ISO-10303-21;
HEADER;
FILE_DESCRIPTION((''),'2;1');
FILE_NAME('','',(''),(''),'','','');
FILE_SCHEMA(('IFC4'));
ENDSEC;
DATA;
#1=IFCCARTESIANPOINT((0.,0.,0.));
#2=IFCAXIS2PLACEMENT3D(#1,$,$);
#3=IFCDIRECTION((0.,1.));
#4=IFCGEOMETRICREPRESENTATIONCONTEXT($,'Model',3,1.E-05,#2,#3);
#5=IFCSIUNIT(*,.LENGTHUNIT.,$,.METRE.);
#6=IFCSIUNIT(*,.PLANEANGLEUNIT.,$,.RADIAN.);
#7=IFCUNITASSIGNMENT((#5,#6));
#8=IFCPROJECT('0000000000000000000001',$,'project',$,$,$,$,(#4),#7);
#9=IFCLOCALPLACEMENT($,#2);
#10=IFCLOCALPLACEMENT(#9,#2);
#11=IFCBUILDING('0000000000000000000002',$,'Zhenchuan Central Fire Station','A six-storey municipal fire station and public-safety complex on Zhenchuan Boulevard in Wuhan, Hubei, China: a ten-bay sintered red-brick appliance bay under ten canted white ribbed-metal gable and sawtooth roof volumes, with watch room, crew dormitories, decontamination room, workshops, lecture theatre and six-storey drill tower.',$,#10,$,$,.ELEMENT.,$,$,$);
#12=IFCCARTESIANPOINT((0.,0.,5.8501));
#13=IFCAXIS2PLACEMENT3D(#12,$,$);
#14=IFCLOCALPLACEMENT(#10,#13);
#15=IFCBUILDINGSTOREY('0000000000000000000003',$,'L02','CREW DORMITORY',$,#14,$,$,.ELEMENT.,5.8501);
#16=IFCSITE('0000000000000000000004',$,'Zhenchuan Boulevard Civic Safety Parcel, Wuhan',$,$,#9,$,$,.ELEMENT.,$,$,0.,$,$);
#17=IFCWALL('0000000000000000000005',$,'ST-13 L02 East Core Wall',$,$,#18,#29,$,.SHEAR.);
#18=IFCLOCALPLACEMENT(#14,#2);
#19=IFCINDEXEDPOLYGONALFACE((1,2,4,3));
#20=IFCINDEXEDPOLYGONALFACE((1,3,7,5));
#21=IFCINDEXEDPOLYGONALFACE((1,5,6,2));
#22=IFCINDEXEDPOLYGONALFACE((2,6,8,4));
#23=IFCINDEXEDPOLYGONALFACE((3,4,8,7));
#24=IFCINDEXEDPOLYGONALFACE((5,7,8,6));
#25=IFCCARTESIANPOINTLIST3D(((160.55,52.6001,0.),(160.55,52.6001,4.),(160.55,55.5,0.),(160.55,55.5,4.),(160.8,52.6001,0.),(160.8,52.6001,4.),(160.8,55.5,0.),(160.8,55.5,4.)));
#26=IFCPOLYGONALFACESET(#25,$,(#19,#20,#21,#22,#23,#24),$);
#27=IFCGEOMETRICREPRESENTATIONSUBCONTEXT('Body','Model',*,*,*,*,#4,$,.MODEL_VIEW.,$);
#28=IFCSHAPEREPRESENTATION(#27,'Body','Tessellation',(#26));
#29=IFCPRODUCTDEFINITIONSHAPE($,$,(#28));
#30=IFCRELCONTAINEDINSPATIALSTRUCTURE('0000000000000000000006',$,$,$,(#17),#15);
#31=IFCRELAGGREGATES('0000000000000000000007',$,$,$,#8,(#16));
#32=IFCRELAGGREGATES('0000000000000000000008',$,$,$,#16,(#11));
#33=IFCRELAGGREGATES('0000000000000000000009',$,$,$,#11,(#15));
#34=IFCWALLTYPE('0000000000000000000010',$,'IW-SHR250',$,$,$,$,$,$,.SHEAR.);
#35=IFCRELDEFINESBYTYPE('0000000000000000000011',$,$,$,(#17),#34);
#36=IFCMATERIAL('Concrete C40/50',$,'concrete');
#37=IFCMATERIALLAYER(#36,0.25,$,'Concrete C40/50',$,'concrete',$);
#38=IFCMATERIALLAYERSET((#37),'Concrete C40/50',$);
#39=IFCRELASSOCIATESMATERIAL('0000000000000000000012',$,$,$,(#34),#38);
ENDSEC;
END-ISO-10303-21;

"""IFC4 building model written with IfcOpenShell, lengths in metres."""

from ifc_helpers import new_model, si_unit, direction, frame, frame_2d, origin, place, context, subcontext, project, spatial, rectangle, extrude, material, layer, layer_set, type_object, element, save


model = new_model("IFC4")

# Units and contexts
model_context = context("Model", 3, precision=1e-05, world=origin(), true_north=direction((0.0, 1.0)))
body_context = subcontext(model_context, "Body", "Model", "MODEL_VIEW")
ifc_project = project(units=[si_unit("LENGTHUNIT", "METRE"), si_unit("PLANEANGLEUNIT", "RADIAN")], contexts=[model_context])

# Site, building, storey
site_placement = place(None, origin())
site = spatial("IfcSite", under=ifc_project, at=site_placement, Name="Zhenchuan Boulevard Civic Safety Parcel, Wuhan", CompositionType="ELEMENT", RefElevation=0.0)
building_placement = place(site_placement, origin())
building = spatial("IfcBuilding", under=site, at=building_placement, Name="Zhenchuan Central Fire Station", Description="A six-storey municipal fire station and public-safety complex on Zhenchuan Boulevard in Wuhan, Hubei, China: a ten-bay sintered red-brick appliance bay under ten canted white ribbed-metal gable and sawtooth roof volumes, with watch room, crew dormitories, decontamination room, workshops, lecture theatre and six-storey drill tower.", CompositionType="ELEMENT")
storey_placement = place(building_placement, frame((0.0, 0.0, 5.8501)))
storey = spatial("IfcBuildingStorey", under=building, at=storey_placement, Name="L02", Description="CREW DORMITORY", CompositionType="ELEMENT", Elevation=5.8501)

# Shared definitions
ifc_material_1 = material(Name="Concrete C40/50", Category="concrete")

# Wall
ifc_layer_1 = layer(ifc_material_1, 0.25, Name="Concrete C40/50", Category="concrete")
ifc_layer_set_1 = layer_set([ifc_layer_1], Name="Concrete C40/50")
wall_type_1 = type_object("IfcWallType", Name="IW-SHR250", PredefinedType="SHEAR", material=ifc_layer_set_1)
wall_1_placement = place(storey_placement, frame((160.675, 52.6001, 0.0), z_axis=(0.0, 0.0, 1.0), x_axis=(0.0, 1.0, 0.0)))
element("IfcWall", 1, at=wall_1_placement, inside=storey, type_object=wall_type_1, Name="ST-13 L02 East Core Wall", PredefinedType="SHEAR", context=body_context, shape_type="SweptSolid", body=[
    extrude(rectangle(XDim=2.8999, YDim=0.25, at=frame_2d((1.45, 0.0))), origin(), (0.0, 0.0, 1.0), 4.0),
])

save(model, "model.ifc")
